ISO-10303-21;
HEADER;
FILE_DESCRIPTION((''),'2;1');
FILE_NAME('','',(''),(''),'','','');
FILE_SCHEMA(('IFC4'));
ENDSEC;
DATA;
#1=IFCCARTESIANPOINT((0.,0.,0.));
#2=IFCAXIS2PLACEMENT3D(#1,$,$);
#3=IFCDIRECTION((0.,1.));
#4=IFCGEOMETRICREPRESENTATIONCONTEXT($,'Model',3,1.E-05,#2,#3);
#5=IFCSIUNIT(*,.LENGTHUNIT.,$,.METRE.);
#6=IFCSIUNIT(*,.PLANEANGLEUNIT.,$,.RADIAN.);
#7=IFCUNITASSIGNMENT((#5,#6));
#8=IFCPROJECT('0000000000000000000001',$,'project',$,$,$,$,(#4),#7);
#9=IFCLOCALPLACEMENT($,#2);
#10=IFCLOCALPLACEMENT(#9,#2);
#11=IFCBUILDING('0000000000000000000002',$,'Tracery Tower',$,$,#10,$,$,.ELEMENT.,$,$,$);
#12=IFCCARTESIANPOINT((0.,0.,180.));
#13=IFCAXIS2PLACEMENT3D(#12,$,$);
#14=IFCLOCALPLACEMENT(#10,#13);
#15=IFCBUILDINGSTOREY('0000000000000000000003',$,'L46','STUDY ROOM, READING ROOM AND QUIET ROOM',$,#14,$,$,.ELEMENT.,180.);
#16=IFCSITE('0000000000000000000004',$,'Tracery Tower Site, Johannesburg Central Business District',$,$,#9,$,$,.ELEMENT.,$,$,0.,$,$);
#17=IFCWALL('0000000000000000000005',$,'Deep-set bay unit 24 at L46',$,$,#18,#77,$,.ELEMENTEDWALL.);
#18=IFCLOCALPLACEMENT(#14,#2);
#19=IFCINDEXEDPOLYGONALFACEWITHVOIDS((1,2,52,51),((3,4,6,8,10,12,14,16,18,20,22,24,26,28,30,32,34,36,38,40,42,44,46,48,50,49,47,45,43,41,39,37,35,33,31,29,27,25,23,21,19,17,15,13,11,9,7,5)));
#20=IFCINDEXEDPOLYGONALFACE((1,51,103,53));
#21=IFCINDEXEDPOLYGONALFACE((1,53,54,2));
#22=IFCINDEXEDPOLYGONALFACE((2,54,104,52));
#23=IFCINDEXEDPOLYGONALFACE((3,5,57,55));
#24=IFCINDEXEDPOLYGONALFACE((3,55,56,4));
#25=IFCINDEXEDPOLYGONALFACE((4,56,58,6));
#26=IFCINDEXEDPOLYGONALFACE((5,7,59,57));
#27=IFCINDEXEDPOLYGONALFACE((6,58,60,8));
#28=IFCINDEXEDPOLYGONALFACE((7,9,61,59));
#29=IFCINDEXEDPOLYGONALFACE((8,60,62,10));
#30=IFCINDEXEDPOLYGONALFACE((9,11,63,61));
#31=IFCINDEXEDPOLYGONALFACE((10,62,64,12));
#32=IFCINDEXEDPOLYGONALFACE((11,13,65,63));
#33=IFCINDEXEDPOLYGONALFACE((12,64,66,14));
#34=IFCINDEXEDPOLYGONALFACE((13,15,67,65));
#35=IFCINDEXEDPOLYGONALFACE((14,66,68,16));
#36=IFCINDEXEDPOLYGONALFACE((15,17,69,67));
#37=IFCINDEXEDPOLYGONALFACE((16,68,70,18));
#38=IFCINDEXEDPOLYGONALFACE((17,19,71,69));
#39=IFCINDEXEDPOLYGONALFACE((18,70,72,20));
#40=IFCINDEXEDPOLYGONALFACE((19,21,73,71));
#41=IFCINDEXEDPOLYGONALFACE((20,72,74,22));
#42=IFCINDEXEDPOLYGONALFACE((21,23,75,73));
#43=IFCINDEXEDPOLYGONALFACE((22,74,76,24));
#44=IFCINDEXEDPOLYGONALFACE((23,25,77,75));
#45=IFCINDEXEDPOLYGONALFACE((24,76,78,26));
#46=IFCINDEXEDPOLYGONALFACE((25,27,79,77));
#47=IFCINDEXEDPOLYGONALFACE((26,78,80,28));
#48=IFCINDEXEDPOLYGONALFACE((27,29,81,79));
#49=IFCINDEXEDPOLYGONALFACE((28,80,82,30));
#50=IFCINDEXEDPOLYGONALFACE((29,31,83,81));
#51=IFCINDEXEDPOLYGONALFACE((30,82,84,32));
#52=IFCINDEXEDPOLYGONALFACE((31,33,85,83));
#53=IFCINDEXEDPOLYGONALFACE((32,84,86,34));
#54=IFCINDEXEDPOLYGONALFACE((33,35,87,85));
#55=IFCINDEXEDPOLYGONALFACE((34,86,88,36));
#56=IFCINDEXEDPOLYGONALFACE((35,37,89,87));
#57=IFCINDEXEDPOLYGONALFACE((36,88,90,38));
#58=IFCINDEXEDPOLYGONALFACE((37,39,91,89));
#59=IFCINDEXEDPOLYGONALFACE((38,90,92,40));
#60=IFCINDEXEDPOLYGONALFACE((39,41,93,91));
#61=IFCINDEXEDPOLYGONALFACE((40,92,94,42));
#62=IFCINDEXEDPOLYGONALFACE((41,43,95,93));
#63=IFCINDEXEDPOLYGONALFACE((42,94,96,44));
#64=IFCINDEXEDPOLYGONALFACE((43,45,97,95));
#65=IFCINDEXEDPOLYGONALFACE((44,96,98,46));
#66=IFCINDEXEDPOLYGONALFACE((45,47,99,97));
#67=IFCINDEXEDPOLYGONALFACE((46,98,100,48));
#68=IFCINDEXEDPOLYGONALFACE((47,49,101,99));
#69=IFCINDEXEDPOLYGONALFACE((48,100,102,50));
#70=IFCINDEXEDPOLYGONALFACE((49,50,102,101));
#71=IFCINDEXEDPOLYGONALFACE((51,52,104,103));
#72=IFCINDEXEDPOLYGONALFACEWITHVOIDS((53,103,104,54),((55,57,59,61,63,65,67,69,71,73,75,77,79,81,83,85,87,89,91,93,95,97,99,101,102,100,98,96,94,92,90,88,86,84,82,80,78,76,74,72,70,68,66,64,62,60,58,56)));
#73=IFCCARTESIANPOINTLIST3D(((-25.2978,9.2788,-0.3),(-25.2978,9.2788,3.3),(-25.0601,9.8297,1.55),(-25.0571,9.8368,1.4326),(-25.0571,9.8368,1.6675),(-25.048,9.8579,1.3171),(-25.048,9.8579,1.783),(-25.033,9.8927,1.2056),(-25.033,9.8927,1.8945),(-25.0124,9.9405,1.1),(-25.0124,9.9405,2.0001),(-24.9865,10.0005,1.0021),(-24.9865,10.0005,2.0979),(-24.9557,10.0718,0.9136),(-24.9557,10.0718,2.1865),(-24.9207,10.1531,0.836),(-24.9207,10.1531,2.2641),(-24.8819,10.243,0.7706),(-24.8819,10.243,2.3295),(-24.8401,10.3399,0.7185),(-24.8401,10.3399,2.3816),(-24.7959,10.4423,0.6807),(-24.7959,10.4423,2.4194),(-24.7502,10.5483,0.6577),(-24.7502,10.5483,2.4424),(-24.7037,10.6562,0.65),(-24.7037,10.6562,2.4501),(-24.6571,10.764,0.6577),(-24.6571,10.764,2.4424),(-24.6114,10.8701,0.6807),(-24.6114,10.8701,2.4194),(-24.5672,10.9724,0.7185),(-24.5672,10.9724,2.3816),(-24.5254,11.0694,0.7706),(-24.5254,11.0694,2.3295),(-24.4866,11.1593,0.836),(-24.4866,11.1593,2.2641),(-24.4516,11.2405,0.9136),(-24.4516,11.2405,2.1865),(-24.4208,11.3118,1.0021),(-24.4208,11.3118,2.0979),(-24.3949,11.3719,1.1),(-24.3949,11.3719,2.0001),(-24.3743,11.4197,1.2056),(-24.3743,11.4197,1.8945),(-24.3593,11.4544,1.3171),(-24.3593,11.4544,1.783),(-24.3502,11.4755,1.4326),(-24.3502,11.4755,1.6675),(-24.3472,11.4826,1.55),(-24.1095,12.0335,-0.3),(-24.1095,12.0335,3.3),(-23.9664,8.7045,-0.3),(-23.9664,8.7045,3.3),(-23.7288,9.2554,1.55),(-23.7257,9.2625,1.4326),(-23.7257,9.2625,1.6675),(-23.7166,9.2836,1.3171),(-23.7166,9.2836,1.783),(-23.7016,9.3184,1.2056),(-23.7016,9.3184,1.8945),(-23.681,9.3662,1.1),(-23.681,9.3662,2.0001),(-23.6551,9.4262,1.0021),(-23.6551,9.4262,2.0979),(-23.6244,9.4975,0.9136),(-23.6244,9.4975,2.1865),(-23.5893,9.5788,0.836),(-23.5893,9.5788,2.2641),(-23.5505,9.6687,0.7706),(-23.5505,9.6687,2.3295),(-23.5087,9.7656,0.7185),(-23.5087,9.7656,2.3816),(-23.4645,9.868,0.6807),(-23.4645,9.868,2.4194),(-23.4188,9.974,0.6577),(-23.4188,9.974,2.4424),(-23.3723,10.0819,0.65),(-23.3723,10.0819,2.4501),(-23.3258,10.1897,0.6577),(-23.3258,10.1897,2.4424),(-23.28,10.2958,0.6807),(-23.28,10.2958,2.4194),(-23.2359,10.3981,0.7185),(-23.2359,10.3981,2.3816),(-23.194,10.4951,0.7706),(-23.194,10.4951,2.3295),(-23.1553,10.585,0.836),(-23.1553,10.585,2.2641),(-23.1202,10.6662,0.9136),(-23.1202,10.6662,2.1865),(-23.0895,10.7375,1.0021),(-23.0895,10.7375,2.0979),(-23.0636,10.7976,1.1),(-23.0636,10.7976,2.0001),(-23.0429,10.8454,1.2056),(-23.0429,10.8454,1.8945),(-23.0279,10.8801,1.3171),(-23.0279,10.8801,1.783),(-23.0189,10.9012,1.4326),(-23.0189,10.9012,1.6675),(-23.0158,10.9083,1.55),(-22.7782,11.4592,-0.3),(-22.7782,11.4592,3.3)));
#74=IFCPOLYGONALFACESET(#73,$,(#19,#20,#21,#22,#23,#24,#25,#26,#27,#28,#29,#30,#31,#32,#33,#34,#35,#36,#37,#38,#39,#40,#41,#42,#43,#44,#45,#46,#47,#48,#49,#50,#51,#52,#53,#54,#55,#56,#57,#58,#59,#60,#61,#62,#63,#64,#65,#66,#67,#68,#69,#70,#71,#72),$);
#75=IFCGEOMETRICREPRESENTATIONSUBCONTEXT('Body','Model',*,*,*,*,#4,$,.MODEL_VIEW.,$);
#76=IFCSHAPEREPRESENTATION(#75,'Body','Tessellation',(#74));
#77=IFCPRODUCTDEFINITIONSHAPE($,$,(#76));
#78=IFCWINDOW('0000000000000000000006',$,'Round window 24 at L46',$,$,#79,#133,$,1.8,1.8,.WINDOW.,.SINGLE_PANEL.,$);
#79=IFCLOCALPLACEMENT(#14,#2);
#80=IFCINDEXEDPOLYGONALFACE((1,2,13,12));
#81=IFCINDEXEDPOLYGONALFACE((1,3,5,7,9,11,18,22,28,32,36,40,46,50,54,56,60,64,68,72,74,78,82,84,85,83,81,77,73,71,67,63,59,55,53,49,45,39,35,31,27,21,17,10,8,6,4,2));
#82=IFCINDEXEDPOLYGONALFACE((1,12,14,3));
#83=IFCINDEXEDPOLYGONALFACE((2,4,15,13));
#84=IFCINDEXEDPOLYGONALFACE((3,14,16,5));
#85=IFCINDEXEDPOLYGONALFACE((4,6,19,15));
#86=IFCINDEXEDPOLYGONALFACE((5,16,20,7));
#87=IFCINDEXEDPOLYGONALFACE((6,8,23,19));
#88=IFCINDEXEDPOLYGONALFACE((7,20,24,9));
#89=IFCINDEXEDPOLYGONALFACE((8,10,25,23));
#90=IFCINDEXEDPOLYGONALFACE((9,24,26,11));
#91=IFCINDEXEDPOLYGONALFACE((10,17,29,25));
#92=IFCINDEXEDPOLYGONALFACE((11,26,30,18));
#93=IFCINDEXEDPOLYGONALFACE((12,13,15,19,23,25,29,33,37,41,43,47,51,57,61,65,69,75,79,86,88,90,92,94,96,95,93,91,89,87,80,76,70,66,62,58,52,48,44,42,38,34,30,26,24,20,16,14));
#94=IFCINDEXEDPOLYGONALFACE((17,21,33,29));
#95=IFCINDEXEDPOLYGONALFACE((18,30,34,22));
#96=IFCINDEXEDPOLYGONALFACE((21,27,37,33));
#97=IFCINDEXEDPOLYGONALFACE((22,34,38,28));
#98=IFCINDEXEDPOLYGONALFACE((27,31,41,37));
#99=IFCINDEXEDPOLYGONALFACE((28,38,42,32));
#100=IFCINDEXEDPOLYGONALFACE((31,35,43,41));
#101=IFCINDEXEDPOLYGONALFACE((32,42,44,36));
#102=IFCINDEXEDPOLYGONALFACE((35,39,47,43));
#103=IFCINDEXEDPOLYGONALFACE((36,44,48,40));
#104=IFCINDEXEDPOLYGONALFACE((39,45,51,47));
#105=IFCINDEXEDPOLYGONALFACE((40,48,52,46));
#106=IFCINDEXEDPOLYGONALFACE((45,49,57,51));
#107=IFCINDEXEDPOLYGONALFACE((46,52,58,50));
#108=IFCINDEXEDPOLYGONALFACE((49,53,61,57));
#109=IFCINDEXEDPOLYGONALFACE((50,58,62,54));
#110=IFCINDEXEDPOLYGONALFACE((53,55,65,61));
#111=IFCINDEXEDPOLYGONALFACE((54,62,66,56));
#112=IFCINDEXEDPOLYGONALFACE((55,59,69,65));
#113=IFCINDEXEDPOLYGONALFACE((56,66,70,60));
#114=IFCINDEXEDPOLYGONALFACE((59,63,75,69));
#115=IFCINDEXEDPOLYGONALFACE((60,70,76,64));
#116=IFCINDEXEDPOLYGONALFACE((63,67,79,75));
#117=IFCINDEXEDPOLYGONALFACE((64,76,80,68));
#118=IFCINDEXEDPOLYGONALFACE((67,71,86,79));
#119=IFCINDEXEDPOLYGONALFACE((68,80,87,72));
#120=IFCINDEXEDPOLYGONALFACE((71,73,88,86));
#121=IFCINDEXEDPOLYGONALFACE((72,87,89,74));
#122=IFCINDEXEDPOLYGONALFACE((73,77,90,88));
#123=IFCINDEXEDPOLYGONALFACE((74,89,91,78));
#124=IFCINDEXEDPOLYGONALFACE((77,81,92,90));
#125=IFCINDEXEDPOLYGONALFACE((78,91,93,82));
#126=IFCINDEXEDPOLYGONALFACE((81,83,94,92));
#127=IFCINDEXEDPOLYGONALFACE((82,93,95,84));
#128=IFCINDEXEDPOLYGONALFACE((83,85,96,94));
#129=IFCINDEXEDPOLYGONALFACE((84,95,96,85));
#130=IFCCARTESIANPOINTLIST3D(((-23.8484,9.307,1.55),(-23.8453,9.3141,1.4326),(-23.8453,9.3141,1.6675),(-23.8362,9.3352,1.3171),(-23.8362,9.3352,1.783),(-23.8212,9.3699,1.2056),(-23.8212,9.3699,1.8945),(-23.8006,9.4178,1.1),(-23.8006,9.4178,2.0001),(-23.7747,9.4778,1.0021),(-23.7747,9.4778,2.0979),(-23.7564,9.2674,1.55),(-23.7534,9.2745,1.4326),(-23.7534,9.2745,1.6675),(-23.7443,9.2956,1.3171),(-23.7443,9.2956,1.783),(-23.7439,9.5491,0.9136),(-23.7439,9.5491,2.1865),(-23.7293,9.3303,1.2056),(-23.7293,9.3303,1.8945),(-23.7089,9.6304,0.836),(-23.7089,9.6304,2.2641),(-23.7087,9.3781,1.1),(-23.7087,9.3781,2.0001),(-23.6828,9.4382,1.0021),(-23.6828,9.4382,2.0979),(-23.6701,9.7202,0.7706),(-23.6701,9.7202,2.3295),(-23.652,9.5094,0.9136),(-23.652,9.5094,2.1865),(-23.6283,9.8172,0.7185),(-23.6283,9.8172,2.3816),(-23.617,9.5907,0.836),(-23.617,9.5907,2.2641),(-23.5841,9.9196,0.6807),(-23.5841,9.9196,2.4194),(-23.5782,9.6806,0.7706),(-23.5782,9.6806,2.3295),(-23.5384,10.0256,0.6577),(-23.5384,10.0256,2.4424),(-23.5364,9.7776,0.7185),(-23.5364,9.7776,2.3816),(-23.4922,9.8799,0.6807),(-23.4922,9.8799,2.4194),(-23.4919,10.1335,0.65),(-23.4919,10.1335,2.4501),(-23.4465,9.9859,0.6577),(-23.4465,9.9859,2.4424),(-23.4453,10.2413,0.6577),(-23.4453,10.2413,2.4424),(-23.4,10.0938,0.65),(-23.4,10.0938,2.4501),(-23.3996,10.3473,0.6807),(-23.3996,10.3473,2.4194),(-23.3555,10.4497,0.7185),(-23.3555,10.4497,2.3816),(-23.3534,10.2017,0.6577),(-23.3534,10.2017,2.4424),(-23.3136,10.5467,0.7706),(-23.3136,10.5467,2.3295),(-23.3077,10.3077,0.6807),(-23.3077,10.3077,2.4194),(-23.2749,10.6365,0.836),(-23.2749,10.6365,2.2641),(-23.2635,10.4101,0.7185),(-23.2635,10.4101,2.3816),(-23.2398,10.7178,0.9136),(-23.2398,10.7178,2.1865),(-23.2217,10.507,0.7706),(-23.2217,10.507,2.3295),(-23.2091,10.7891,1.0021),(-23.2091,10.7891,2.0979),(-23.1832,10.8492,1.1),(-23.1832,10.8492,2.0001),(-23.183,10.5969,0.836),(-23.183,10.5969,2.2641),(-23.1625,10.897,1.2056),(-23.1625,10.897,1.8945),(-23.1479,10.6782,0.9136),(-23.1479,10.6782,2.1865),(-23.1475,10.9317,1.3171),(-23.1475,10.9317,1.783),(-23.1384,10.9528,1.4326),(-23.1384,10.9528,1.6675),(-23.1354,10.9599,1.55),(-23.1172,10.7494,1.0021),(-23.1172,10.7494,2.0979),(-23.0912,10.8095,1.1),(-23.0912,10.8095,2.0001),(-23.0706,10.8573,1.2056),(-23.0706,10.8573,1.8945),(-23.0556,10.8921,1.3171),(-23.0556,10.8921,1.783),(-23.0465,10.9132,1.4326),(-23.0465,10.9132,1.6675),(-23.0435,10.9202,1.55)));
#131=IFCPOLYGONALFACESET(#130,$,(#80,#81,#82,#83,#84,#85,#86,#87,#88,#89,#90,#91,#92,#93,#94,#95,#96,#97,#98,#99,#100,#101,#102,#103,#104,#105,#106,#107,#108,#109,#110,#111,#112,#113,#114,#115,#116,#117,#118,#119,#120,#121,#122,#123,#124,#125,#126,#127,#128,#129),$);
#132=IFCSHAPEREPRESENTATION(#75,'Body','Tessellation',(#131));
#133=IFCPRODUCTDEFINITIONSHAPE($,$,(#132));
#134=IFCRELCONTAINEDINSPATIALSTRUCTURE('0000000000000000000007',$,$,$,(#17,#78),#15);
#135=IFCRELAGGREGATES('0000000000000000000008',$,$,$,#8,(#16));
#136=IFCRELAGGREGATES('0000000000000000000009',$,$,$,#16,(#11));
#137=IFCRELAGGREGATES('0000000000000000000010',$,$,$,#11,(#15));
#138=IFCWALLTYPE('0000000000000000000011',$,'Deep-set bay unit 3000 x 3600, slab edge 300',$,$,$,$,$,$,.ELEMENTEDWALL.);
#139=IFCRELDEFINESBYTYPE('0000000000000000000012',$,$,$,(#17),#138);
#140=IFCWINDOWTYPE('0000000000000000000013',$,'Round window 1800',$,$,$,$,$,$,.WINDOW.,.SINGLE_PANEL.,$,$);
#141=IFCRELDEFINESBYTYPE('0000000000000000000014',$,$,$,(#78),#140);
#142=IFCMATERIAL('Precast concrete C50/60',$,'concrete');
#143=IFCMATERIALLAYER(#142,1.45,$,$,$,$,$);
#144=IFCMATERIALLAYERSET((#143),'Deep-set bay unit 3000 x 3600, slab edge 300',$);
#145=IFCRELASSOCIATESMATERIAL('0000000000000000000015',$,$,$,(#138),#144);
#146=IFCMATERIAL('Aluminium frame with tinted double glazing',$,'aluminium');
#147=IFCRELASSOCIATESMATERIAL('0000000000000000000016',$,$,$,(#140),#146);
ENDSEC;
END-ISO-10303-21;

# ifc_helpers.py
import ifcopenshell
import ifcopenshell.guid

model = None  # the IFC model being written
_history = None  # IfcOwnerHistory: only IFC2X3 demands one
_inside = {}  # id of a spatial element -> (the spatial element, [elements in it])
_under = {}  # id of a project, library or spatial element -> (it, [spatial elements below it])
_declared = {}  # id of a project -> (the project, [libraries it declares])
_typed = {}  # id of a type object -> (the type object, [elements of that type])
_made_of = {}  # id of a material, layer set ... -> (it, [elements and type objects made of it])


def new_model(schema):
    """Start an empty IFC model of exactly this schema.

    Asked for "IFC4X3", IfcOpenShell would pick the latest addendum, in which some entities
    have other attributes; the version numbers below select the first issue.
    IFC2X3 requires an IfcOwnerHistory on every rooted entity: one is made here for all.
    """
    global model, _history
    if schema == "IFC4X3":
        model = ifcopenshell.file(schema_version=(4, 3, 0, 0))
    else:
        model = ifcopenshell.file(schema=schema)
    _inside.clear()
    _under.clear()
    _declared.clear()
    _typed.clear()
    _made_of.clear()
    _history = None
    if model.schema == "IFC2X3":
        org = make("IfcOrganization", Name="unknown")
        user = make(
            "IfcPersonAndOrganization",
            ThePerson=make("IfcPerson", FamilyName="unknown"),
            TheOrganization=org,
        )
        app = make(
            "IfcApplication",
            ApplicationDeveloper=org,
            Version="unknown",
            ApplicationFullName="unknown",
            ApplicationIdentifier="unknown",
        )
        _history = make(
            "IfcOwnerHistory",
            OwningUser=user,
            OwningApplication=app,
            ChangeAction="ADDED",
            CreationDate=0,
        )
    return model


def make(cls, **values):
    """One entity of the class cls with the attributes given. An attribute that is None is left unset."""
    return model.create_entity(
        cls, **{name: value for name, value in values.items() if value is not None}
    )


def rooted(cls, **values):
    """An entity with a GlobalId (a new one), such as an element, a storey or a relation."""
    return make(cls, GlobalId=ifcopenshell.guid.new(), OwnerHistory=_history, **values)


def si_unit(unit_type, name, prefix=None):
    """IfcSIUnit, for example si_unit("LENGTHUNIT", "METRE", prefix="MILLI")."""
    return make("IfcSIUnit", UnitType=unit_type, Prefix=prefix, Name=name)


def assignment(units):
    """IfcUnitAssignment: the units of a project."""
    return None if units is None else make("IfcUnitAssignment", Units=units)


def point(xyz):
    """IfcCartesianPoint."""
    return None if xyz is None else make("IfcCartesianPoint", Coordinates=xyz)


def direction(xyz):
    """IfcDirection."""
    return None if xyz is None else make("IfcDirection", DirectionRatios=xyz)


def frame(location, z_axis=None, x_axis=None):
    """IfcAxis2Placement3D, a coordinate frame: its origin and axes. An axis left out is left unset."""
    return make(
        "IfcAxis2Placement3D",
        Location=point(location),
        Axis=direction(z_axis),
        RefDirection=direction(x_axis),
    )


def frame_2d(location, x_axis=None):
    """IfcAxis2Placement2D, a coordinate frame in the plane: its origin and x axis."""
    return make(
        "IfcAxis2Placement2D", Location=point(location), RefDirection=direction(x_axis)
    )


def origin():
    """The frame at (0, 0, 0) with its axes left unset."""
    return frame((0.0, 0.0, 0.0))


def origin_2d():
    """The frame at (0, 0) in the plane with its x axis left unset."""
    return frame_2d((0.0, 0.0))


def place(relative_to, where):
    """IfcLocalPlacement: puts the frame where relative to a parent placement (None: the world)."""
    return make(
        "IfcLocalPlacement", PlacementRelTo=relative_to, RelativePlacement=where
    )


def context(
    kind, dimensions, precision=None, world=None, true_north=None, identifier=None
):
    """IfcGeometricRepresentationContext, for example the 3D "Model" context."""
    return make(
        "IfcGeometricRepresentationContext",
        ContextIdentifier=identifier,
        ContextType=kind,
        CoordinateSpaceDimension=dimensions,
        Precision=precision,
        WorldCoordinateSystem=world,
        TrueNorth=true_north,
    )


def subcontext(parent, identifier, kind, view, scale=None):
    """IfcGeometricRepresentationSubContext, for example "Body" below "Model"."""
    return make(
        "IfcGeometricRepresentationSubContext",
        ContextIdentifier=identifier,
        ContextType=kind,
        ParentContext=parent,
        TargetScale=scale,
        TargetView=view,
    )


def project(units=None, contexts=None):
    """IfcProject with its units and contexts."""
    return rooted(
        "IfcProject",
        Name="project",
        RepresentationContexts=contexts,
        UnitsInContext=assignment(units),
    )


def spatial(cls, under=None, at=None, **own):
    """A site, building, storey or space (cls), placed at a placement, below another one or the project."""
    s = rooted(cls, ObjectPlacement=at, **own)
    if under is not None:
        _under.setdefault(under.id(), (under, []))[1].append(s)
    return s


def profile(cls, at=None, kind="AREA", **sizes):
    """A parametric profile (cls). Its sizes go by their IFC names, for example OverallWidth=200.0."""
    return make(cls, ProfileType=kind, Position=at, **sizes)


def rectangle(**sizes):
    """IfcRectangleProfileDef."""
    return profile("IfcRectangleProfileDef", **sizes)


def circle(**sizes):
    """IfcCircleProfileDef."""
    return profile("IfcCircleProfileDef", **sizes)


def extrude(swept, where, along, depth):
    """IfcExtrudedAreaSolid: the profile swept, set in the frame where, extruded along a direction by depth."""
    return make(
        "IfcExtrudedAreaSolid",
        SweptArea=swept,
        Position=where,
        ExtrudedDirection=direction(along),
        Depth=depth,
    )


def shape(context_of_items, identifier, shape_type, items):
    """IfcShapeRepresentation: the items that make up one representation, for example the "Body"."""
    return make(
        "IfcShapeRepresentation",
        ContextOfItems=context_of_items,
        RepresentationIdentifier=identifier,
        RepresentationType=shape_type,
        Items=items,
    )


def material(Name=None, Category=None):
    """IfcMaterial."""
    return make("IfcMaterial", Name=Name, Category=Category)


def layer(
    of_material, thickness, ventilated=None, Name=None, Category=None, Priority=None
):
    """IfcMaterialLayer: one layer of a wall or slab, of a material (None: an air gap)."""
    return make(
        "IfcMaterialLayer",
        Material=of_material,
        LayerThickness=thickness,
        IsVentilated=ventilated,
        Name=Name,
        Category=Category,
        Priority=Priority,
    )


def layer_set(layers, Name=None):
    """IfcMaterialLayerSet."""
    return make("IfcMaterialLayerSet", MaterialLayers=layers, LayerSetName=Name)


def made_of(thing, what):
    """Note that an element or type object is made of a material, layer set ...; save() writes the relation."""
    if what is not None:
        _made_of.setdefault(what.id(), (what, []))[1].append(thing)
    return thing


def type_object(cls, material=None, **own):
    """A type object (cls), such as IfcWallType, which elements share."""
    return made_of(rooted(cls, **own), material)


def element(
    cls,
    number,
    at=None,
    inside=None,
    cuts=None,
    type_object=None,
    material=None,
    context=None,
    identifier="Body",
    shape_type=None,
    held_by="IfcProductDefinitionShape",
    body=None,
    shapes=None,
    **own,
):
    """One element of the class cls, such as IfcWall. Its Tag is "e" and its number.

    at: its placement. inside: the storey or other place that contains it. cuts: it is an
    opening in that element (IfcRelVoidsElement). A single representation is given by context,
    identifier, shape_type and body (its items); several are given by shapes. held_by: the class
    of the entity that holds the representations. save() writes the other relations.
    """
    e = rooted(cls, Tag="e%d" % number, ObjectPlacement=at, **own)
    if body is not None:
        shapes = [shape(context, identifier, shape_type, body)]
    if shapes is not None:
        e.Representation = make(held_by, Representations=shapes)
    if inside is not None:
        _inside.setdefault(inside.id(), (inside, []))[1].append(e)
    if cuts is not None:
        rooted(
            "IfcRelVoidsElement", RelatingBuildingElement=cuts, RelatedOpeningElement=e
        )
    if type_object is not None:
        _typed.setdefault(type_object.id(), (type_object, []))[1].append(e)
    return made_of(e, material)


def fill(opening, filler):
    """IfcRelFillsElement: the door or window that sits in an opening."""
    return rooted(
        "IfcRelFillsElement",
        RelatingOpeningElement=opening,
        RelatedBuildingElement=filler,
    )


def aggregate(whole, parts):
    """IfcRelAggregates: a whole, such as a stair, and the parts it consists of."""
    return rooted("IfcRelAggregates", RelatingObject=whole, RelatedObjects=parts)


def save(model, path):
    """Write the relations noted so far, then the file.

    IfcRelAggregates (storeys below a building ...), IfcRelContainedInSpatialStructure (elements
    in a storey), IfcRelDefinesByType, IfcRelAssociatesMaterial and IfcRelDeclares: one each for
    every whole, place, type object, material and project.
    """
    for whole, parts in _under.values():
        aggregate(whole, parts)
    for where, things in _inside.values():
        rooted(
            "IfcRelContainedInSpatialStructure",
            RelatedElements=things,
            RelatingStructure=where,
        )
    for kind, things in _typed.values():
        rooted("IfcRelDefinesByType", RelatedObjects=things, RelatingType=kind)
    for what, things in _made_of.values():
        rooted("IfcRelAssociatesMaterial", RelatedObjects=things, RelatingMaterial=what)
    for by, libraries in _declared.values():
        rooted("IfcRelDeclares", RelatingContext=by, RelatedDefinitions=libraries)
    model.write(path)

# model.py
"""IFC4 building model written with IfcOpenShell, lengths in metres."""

from ifc_helpers import new_model, si_unit, direction, frame, frame_2d, origin, origin_2d, place, context, subcontext, project, spatial, rectangle, circle, extrude, material, layer, layer_set, type_object, element, fill, save


model = new_model("IFC4")

# Units and contexts
model_context = context("Model", 3, precision=1e-05, world=origin(), true_north=direction((0.0, 1.0)))
body_context = subcontext(model_context, "Body", "Model", "MODEL_VIEW")
ifc_project = project(units=[si_unit("LENGTHUNIT", "METRE"), si_unit("PLANEANGLEUNIT", "RADIAN")], contexts=[model_context])

# Site, building, storey
site_placement = place(None, origin())
site = spatial("IfcSite", under=ifc_project, at=site_placement, Name="Tracery Tower Site, Johannesburg Central Business District", CompositionType="ELEMENT", RefElevation=0.0)
building_placement = place(site_placement, origin())
building = spatial("IfcBuilding", under=site, at=building_placement, Name="Tracery Tower", CompositionType="ELEMENT")
storey_placement = place(building_placement, frame((0.0, 0.0, 180.0)))
storey = spatial("IfcBuildingStorey", under=building, at=storey_placement, Name="L46", Description="STUDY ROOM, READING ROOM AND QUIET ROOM", CompositionType="ELEMENT", Elevation=180.0)

# Wall, opening, window
ifc_material_1 = material(Name="Precast concrete C50/60", Category="concrete")
ifc_layer_1 = layer(ifc_material_1, 1.45)
ifc_layer_set_1 = layer_set([ifc_layer_1], Name="Deep-set bay unit 3000 x 3600, slab edge 300")
wall_type_1 = type_object("IfcWallType", Name="Deep-set bay unit 3000 x 3600, slab edge 300", PredefinedType="ELEMENTEDWALL", material=ifc_layer_set_1)
ifc_material_2 = material(Name="Aluminium frame with tinted double glazing", Category="aluminium")
window_type = type_object("IfcWindowType", Name="Round window 1800", PartitioningType="SINGLE_PANEL", PredefinedType="WINDOW", material=ifc_material_2)
wall_1_placement = place(storey_placement, frame((-23.4438, 11.7463, -0.3), z_axis=(0.0, 0.0, 1.0), x_axis=(-0.396079, -0.918216, 0.0)))
wall_1 = element("IfcWall", 1, at=wall_1_placement, inside=storey, type_object=wall_type_1, Name="Deep-set bay unit 24 at L46", PredefinedType="ELEMENTEDWALL", context=body_context, shape_type="SweptSolid", body=[
    extrude(rectangle(XDim=3.0, YDim=1.45, at=frame_2d((1.5, 0.0))), origin(), (0.0, 0.0, 1.0), 3.6001),
])
opening_1_placement = place(wall_1_placement, frame((1.5, 0.0, 1.8501)))
opening_1 = element("IfcOpeningElement", 2, at=opening_1_placement, cuts=wall_1, PredefinedType="OPENING", context=body_context, shape_type="SweptSolid", body=[
    extrude(circle(Radius=0.9, at=origin_2d()), frame((0.0, 0.7349, 0.0), z_axis=(0.0, -1.0, 0.0), x_axis=(1.0, 0.0, 0.0)), (0.0, 0.0, 1.0), 1.47),
])
window_1_placement = place(opening_1_placement, origin())
window_1 = element("IfcWindow", 3, at=window_1_placement, inside=storey, type_object=window_type, Name="Round window 24 at L46", OverallHeight=1.8, OverallWidth=1.8, PartitioningType="SINGLE_PANEL", PredefinedType="WINDOW", context=body_context, shape_type="SweptSolid", body=[
    extrude(circle(Radius=0.9, at=origin_2d()), frame((0.0, 0.6948, 0.0), z_axis=(0.0, -1.0, 0.0), x_axis=(1.0, 0.0, 0.0)), (0.0, 0.0, 1.0), 0.1001),
])
fill(opening_1, window_1)

save(model, "model.ifc")
